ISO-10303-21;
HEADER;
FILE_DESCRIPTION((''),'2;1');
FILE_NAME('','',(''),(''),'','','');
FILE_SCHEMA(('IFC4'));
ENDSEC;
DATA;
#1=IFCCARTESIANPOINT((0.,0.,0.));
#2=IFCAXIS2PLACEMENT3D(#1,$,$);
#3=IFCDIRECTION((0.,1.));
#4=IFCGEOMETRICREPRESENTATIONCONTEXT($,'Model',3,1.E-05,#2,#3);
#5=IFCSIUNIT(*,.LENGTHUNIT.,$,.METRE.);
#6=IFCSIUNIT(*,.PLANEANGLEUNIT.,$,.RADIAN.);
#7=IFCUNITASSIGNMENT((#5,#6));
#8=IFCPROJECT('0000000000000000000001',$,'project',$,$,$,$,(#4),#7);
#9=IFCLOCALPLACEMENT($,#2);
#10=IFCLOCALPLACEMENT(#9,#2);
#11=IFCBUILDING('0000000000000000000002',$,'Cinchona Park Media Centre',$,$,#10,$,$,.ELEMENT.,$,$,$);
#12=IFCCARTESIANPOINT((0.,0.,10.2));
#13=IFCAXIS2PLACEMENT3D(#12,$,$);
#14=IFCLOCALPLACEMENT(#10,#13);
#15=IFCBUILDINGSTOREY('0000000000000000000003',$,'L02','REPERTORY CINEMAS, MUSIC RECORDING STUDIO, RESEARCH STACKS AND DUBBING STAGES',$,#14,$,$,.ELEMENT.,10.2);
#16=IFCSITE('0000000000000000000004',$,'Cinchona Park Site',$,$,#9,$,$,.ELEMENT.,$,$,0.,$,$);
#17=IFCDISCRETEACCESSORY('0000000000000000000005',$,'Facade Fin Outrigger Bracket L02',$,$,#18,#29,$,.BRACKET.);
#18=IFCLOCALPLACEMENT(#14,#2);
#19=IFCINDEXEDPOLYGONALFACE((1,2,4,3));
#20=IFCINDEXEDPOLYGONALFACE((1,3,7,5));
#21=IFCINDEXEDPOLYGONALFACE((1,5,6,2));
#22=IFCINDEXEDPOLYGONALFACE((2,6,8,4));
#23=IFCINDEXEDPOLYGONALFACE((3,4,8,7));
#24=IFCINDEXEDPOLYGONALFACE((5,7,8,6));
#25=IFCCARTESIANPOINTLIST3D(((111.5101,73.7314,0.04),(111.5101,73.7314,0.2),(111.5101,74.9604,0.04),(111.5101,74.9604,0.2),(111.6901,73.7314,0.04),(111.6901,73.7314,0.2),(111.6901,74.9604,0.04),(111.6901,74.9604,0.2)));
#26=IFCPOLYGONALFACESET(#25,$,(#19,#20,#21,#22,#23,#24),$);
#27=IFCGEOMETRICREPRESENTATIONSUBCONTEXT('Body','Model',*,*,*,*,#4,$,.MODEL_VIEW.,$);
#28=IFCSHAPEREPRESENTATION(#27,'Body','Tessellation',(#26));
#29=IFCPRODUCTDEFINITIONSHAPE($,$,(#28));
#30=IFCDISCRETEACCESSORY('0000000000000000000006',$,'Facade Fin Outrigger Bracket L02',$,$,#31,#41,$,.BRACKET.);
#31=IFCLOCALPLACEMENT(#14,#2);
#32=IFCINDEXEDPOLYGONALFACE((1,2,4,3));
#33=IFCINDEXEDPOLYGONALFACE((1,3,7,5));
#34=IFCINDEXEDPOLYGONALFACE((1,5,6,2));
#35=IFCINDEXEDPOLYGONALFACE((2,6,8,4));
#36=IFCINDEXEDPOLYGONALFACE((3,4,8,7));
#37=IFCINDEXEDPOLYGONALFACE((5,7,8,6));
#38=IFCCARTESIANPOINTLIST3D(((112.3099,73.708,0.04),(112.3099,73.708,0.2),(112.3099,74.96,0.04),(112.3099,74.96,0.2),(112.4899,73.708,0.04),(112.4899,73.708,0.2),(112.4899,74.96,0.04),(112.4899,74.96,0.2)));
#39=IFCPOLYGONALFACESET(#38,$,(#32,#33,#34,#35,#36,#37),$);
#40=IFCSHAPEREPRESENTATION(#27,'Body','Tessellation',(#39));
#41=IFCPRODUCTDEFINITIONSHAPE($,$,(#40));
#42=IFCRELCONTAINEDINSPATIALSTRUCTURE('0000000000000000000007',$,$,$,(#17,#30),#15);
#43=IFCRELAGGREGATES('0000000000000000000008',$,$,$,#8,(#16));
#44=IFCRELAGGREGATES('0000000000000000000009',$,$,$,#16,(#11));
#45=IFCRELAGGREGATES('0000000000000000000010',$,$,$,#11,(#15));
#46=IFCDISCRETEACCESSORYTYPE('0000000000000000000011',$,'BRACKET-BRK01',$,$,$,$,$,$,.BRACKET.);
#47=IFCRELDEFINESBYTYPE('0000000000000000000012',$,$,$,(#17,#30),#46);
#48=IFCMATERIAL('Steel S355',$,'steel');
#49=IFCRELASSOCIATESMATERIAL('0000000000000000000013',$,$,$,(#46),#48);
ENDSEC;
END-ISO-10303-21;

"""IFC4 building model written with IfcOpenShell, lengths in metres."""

from ifc_helpers import new_model, si_unit, direction, frame, origin, origin_2d, place, context, subcontext, project, spatial, rectangle, extrude, material, type_object, element, save


model = new_model("IFC4")

# Units and contexts
model_context = context("Model", 3, precision=1e-05, world=origin(), true_north=direction((0.0, 1.0)))
body_context = subcontext(model_context, "Body", "Model", "MODEL_VIEW")
ifc_project = project(units=[si_unit("LENGTHUNIT", "METRE"), si_unit("PLANEANGLEUNIT", "RADIAN")], contexts=[model_context])

# Site, building, storey
site_placement = place(None, origin())
site = spatial("IfcSite", under=ifc_project, at=site_placement, Name="Cinchona Park Site", CompositionType="ELEMENT", RefElevation=0.0)
building_placement = place(site_placement, origin())
building = spatial("IfcBuilding", under=site, at=building_placement, Name="Cinchona Park Media Centre", CompositionType="ELEMENT")
storey_placement = place(building_placement, frame((0.0, 0.0, 10.2)))
storey = spatial("IfcBuildingStorey", under=building, at=storey_placement, Name="L02", Description="REPERTORY CINEMAS, MUSIC RECORDING STUDIO, RESEARCH STACKS AND DUBBING STAGES", CompositionType="ELEMENT", Elevation=10.2)

# Discrete accessories
ifc_material_1 = material(Name="Steel S355", Category="steel")
discrete_accessory_type = type_object("IfcDiscreteAccessoryType", Name="BRACKET-BRK01", PredefinedType="BRACKET", material=ifc_material_1)
discrete_accessory_1_placement = place(storey_placement, frame((111.6001, 74.3459, 0.04), z_axis=(0.0, 0.0, 1.0), x_axis=(1.0, 0.0, 0.0)))
element("IfcDiscreteAccessory", 1, at=discrete_accessory_1_placement, inside=storey, type_object=discrete_accessory_type, Name="Facade Fin Outrigger Bracket L02", PredefinedType="BRACKET", context=body_context, shape_type="SweptSolid", body=[
    extrude(rectangle(XDim=0.1799, YDim=1.229, at=origin_2d()), origin(), (0.0, 0.0, 1.0), 0.1599),
])
discrete_accessory_2_placement = place(storey_placement, frame((112.3999, 74.334, 0.04), z_axis=(0.0, 0.0, 1.0), x_axis=(1.0, 0.0, 0.0)))
element("IfcDiscreteAccessory", 2, at=discrete_accessory_2_placement, inside=storey, type_object=discrete_accessory_type, Name="Facade Fin Outrigger Bracket L02", PredefinedType="BRACKET", context=body_context, shape_type="SweptSolid", body=[
    extrude(rectangle(XDim=0.1799, YDim=1.252, at=origin_2d()), origin(), (0.0, 0.0, 1.0), 0.1599),
])

save(model, "model.ifc")
